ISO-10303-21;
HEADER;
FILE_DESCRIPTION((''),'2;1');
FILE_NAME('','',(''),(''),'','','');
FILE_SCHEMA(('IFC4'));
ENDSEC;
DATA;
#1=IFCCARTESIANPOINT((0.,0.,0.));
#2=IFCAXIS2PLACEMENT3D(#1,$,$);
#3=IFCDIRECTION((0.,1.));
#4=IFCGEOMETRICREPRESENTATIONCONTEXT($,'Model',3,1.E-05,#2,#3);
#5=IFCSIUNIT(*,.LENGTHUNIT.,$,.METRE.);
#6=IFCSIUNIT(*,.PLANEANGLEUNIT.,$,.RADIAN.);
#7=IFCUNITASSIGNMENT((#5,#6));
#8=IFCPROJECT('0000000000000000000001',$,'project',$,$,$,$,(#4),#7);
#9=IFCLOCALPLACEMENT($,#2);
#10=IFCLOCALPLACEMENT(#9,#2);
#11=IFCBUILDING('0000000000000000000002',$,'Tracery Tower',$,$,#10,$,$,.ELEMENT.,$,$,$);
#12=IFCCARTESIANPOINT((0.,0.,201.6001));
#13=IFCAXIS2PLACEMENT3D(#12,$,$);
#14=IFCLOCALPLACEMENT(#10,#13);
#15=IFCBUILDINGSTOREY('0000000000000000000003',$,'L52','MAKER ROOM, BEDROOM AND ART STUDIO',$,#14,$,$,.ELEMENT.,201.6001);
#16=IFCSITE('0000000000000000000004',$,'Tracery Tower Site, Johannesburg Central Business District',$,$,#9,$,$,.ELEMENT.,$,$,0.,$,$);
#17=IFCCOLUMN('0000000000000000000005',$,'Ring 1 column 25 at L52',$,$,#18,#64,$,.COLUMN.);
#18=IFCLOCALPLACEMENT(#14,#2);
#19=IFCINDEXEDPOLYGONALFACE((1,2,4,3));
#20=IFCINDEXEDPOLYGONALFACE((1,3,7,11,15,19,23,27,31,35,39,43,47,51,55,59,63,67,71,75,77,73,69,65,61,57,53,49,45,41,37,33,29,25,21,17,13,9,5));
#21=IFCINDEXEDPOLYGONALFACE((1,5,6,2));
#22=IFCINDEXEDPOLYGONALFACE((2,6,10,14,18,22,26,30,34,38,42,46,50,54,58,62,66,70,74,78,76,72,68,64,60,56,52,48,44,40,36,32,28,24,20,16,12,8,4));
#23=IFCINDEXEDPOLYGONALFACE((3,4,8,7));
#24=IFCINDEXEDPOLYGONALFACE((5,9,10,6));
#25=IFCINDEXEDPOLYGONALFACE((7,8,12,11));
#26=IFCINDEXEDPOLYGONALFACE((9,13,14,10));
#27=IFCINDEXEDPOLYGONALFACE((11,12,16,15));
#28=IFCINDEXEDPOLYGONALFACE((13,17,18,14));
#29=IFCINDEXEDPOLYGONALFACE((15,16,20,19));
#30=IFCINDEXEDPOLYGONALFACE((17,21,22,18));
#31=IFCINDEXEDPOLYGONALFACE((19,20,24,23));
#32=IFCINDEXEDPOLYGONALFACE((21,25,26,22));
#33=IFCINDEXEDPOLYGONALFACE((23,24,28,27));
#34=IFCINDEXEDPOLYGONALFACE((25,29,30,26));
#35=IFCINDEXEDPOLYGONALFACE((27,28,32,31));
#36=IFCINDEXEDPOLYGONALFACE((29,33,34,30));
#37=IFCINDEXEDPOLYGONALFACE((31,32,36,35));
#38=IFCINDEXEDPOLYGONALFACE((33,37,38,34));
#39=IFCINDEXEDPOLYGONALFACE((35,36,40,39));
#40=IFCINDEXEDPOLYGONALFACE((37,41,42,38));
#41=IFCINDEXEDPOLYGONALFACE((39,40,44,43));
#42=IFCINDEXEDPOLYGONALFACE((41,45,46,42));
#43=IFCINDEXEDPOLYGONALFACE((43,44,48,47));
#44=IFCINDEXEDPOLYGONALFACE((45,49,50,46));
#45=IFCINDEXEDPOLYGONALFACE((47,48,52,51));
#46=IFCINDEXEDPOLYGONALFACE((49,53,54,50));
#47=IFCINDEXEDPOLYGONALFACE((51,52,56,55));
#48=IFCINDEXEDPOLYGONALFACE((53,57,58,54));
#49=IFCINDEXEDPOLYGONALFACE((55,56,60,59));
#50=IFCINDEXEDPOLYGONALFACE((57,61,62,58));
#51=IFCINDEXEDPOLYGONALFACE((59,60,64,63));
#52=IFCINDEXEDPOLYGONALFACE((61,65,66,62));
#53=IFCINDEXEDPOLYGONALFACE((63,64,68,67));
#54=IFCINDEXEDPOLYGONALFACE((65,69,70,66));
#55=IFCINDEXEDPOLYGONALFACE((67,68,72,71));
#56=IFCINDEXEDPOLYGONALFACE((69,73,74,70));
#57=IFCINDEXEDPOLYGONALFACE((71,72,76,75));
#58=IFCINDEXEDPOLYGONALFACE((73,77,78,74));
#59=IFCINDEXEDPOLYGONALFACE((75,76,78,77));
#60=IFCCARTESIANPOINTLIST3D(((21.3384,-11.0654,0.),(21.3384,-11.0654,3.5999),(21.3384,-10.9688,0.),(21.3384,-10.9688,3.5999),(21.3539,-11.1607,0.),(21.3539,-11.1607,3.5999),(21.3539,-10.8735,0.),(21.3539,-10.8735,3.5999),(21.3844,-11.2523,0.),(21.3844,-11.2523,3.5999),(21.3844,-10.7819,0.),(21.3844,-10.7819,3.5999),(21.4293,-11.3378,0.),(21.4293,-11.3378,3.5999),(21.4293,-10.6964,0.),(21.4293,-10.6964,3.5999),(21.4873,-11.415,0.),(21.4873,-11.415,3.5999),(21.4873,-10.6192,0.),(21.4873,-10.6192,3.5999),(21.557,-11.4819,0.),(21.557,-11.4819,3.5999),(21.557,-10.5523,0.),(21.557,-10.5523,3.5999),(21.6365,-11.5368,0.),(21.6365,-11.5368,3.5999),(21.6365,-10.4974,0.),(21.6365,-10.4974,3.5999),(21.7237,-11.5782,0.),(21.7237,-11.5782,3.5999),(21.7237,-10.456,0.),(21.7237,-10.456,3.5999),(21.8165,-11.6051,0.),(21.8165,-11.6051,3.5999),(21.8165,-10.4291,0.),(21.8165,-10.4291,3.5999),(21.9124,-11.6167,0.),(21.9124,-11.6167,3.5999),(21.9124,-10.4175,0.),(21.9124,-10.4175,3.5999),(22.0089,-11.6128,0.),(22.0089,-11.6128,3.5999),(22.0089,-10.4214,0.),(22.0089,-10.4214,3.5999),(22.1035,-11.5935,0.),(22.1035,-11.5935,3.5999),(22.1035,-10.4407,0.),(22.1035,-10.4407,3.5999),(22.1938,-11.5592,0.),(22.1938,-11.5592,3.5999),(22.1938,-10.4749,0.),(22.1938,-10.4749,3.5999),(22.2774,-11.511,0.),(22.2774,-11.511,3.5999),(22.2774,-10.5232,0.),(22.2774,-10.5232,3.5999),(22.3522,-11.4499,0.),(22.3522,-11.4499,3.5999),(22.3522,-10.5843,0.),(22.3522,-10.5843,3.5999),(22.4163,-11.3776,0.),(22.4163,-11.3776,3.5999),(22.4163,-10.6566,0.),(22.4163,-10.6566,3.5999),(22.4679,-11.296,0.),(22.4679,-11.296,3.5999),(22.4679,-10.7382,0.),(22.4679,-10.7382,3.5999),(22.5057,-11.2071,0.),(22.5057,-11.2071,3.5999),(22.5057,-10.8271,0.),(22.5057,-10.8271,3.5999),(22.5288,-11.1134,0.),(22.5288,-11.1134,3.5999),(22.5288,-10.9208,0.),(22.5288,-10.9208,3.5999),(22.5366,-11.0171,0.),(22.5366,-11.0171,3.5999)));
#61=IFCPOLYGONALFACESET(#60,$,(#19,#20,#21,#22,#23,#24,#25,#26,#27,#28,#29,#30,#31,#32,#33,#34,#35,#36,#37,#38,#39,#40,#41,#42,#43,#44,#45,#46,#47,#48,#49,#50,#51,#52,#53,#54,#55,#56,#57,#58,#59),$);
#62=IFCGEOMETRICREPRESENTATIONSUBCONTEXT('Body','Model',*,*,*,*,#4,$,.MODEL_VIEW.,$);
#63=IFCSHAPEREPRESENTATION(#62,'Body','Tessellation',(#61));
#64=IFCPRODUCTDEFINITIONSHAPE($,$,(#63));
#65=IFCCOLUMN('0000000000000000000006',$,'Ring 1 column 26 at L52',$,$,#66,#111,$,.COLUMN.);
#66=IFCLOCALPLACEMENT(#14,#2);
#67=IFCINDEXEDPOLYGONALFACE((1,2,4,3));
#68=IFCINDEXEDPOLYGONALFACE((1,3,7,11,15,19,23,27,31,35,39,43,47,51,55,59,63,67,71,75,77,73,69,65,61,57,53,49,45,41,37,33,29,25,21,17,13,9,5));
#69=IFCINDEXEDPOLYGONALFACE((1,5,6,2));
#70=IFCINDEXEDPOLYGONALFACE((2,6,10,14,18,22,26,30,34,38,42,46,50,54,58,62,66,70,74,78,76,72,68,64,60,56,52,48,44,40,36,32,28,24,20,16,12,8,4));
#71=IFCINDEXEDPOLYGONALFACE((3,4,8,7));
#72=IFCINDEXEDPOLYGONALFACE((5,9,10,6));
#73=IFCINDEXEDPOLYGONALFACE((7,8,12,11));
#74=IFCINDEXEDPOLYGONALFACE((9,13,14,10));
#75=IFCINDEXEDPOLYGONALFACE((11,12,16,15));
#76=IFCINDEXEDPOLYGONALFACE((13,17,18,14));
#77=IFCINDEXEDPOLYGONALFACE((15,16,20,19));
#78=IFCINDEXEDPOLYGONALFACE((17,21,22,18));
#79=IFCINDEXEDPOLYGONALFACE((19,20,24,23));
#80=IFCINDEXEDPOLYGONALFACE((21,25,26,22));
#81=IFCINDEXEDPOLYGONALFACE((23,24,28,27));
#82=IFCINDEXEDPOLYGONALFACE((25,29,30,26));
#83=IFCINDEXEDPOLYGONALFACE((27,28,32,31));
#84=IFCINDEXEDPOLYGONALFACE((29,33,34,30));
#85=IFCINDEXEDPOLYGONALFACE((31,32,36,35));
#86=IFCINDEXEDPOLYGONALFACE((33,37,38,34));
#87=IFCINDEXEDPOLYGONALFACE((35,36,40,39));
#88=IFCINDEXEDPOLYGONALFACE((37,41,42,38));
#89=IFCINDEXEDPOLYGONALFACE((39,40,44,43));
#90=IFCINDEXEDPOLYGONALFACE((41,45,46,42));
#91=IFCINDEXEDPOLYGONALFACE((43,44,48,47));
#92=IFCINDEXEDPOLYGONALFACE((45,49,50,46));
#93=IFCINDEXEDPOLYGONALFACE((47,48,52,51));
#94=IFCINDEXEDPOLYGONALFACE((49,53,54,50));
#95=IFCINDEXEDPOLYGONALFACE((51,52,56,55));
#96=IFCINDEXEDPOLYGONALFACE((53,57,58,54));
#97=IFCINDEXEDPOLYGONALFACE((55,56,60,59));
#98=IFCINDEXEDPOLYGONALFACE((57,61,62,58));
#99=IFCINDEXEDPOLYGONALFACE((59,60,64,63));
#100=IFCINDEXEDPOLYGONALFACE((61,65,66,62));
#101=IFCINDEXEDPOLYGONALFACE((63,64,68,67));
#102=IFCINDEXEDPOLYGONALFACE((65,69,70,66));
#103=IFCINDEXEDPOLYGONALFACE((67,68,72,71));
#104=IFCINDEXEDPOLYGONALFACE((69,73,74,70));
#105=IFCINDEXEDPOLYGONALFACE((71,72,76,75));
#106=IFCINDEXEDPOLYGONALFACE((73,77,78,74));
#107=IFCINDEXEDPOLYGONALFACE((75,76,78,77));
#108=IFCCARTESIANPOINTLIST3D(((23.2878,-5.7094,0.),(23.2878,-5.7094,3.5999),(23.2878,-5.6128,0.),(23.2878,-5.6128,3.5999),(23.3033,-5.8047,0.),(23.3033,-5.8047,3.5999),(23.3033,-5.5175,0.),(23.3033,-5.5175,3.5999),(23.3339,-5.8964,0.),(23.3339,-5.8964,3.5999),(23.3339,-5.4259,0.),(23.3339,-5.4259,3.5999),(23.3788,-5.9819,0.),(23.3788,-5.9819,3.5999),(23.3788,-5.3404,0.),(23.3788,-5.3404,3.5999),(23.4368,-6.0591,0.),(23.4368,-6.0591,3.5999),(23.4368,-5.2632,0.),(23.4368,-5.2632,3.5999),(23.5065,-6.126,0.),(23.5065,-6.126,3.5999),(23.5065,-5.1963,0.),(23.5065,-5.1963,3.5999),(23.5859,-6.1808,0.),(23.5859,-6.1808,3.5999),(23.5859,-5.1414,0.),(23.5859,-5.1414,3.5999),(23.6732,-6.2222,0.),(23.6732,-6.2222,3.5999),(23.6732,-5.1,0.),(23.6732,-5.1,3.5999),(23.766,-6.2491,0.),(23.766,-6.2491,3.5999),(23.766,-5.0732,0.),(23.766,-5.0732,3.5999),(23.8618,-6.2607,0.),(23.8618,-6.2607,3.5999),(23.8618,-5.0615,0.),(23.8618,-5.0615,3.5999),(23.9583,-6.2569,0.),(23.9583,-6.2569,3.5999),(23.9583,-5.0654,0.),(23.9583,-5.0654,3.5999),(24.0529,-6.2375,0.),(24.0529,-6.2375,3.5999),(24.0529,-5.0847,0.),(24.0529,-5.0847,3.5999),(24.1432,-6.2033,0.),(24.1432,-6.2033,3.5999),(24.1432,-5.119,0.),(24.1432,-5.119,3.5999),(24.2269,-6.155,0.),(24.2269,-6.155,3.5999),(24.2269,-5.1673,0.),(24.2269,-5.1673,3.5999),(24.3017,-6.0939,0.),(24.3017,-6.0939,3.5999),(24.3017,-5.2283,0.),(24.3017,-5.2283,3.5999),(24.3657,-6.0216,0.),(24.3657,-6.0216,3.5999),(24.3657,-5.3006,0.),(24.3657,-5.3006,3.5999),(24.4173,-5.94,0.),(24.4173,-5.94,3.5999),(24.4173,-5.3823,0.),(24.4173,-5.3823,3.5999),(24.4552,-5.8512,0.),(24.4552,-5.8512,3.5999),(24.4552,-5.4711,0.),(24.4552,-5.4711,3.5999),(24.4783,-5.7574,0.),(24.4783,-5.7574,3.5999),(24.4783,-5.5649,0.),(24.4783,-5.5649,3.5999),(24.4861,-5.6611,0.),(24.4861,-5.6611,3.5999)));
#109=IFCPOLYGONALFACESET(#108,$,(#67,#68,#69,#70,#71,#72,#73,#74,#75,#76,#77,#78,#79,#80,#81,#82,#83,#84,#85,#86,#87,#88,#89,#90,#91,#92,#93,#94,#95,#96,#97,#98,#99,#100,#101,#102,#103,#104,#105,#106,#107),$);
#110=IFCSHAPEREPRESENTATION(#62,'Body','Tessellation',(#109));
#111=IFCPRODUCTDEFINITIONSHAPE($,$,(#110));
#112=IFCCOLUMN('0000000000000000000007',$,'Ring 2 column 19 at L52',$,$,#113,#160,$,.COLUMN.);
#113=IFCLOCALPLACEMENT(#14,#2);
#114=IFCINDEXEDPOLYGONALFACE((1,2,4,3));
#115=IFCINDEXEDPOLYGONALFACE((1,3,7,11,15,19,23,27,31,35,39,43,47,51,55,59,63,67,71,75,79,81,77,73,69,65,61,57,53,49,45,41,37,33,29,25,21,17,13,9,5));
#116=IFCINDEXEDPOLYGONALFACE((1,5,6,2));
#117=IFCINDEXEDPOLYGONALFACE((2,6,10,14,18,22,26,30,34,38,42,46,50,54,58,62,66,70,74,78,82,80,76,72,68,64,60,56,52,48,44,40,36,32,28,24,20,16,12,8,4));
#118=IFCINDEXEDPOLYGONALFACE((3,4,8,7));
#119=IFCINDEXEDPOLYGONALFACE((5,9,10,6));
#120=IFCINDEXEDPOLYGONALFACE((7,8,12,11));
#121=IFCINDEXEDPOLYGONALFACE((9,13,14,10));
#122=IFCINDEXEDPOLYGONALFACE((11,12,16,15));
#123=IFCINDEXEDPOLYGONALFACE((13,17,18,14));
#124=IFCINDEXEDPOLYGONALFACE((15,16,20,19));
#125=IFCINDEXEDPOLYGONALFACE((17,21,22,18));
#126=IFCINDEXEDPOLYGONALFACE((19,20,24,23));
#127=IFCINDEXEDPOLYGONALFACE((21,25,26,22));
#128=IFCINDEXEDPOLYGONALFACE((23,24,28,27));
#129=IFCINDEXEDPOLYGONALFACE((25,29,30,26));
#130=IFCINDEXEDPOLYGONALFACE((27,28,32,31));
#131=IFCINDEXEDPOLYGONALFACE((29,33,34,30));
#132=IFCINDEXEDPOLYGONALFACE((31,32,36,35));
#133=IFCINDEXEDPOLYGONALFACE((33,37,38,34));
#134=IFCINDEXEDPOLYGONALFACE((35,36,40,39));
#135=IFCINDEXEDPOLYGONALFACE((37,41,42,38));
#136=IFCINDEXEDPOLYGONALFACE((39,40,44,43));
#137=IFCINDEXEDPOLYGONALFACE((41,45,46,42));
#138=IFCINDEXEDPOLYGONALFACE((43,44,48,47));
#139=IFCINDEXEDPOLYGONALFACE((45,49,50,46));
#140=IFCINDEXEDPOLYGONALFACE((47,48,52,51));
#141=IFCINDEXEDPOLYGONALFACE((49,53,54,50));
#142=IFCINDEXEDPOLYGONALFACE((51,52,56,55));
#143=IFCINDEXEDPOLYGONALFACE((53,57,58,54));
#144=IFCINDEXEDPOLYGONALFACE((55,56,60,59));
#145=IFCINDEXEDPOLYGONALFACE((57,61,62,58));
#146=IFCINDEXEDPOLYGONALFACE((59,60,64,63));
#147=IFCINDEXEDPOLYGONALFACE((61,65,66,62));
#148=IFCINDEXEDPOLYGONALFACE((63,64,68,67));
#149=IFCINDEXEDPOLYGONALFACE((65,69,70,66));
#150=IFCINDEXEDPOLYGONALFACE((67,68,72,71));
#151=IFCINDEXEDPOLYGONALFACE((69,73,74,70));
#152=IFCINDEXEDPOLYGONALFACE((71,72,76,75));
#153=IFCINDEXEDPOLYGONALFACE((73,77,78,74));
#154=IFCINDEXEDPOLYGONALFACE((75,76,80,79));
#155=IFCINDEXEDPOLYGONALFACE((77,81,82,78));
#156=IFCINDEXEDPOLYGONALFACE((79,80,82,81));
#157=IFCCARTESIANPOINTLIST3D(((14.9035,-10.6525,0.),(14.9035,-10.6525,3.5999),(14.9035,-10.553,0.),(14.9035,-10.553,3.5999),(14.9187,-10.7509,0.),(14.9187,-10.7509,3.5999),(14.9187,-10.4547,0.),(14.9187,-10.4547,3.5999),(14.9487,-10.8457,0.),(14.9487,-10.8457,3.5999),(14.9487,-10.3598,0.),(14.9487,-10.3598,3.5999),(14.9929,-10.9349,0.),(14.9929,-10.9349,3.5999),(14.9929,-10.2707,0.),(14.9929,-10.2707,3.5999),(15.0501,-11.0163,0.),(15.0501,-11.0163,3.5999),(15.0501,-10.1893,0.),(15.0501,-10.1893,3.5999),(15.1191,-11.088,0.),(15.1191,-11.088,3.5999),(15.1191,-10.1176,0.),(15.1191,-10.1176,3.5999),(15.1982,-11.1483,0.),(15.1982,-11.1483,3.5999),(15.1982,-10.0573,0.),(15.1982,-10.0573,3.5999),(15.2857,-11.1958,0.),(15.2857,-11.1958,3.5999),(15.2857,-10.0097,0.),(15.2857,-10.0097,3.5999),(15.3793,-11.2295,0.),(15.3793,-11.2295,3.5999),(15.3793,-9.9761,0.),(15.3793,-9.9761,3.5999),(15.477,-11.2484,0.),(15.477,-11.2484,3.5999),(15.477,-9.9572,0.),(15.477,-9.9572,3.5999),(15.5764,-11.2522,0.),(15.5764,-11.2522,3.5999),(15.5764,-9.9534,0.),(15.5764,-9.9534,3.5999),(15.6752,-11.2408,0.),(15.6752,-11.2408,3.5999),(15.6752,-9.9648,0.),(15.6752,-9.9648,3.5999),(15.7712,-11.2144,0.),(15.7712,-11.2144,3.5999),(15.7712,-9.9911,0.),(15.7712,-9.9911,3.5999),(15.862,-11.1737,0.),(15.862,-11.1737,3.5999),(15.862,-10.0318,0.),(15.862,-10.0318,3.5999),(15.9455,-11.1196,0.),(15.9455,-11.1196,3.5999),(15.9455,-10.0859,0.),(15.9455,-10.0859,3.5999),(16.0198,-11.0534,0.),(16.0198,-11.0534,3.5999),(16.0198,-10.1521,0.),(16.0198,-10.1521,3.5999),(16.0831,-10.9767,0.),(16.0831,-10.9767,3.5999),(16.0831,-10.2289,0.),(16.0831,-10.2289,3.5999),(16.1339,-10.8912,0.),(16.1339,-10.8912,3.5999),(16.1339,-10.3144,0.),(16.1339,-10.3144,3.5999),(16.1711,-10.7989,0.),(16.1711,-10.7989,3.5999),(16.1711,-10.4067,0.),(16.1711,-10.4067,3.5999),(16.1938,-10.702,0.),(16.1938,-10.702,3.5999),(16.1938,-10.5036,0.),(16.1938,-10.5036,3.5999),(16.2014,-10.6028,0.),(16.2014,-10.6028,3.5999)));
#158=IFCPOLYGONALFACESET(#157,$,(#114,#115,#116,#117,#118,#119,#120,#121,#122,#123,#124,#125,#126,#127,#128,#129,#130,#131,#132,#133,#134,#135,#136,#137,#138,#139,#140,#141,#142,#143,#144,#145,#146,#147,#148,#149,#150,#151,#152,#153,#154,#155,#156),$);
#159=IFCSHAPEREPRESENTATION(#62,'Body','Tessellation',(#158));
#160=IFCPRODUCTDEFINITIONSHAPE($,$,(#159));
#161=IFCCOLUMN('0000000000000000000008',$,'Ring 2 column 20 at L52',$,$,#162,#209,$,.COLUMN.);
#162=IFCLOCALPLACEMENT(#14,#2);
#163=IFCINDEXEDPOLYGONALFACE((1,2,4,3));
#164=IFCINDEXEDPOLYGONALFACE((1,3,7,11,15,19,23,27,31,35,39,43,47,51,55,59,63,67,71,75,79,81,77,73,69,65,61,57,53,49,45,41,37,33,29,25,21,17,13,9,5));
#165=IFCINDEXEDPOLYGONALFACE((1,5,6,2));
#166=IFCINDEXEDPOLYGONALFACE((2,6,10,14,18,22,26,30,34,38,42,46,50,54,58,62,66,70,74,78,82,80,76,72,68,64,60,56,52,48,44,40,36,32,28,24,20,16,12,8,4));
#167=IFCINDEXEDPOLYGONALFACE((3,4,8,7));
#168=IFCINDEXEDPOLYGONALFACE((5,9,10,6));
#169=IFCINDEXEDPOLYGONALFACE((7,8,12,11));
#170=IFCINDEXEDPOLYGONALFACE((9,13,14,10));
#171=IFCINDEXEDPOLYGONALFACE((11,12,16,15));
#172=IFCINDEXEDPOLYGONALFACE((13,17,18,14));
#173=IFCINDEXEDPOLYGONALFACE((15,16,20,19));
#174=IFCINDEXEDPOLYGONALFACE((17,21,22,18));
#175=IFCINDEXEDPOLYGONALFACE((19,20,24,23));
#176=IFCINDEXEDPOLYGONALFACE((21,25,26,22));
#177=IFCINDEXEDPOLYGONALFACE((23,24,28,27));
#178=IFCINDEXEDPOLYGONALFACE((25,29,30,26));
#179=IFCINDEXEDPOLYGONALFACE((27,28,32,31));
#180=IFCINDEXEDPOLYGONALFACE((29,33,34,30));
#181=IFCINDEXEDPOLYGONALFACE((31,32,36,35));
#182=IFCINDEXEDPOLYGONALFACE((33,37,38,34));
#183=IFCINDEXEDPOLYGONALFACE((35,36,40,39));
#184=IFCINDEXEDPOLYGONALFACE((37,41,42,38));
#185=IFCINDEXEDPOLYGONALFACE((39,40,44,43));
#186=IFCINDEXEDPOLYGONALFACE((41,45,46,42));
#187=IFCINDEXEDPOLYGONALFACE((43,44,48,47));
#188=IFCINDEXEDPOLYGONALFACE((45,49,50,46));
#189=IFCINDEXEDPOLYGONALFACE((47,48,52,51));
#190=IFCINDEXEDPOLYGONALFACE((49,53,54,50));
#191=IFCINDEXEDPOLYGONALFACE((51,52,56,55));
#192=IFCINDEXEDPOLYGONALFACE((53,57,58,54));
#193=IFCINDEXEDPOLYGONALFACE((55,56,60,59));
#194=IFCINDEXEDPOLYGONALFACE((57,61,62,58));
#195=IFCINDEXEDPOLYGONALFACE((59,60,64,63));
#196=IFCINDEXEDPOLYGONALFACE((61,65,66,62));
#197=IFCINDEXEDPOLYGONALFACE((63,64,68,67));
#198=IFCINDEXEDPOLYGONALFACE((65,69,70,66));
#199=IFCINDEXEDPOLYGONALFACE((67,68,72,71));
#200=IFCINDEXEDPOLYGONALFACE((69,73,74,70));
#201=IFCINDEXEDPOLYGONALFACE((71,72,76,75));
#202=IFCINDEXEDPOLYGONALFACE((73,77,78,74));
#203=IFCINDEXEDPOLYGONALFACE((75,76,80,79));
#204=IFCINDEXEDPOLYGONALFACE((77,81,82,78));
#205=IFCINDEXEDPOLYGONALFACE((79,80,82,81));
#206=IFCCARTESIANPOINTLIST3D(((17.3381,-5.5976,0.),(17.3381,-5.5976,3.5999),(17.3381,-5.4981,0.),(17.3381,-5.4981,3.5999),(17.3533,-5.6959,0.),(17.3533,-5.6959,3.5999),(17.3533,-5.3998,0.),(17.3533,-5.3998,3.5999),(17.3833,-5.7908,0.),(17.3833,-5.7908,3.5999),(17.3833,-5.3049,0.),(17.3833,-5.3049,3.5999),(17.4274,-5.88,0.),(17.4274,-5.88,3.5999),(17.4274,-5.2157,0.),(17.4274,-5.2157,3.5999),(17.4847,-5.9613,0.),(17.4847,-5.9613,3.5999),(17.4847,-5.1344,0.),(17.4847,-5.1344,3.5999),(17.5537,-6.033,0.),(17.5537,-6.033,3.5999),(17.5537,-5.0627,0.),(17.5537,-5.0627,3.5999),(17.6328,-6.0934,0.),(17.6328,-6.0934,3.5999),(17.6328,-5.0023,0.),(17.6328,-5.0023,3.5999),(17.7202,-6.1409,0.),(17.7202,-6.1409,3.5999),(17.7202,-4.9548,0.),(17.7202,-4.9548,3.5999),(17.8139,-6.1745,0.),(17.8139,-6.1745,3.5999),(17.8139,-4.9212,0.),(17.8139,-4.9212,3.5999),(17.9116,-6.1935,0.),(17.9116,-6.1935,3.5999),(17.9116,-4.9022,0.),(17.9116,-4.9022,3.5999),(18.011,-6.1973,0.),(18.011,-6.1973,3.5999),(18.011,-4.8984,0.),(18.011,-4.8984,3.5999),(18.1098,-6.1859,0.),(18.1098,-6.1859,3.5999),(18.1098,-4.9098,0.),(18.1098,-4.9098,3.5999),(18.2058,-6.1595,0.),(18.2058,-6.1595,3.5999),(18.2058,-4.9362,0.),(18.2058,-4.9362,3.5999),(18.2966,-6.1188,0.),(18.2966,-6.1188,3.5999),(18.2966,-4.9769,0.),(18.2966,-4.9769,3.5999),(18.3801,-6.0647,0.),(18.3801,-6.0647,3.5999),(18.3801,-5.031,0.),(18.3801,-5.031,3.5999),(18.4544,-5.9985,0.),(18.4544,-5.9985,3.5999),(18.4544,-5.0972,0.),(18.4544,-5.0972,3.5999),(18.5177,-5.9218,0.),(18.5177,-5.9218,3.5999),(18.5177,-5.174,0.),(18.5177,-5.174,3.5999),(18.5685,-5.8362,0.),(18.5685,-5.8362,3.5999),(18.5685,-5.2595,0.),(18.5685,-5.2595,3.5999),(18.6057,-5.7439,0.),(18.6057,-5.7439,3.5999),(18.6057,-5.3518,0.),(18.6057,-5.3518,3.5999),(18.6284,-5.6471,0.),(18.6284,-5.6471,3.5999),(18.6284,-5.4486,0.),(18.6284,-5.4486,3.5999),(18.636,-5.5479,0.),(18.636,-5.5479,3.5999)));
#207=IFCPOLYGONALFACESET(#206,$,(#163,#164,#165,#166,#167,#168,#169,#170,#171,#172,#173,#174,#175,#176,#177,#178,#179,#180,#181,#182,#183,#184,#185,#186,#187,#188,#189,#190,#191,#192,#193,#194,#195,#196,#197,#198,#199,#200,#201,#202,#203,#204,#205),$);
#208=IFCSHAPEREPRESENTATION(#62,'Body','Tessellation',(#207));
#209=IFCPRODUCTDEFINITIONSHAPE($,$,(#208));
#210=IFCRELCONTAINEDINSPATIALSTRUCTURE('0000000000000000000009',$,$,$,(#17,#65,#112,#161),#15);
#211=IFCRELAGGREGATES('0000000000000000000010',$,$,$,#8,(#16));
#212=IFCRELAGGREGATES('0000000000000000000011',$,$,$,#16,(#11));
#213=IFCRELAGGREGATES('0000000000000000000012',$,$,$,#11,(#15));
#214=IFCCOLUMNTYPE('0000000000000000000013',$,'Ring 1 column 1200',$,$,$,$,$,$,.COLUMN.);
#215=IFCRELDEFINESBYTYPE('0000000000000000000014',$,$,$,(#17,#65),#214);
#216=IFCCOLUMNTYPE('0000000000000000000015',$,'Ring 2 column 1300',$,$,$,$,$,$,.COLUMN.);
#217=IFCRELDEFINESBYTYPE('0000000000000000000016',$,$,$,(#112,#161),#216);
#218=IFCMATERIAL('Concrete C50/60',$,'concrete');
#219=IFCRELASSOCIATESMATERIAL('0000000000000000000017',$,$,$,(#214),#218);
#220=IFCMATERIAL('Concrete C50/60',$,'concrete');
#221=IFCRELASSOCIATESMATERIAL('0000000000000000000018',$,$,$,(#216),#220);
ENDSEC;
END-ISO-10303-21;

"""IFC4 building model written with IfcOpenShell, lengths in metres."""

from ifc_helpers import new_model, si_unit, direction, frame, origin, origin_2d, place, context, subcontext, project, spatial, circle, extrude, material, material_profile, profile_set, type_object, element, save


model = new_model("IFC4")

# Units and contexts
model_context = context("Model", 3, precision=1e-05, world=origin(), true_north=direction((0.0, 1.0)))
body_context = subcontext(model_context, "Body", "Model", "MODEL_VIEW")
ifc_project = project(units=[si_unit("LENGTHUNIT", "METRE"), si_unit("PLANEANGLEUNIT", "RADIAN")], contexts=[model_context])

# Site, building, storey
site_placement = place(None, origin())
site = spatial("IfcSite", under=ifc_project, at=site_placement, Name="Tracery Tower Site, Johannesburg Central Business District", CompositionType="ELEMENT", RefElevation=0.0)
building_placement = place(site_placement, origin())
building = spatial("IfcBuilding", under=site, at=building_placement, Name="Tracery Tower", CompositionType="ELEMENT")
storey_placement = place(building_placement, frame((0.0, 0.0, 201.6001)))
storey = spatial("IfcBuildingStorey", under=building, at=storey_placement, Name="L52", Description="MAKER ROOM, BEDROOM AND ART STUDIO", CompositionType="ELEMENT", Elevation=201.6001)

# Columns
ifc_material_1 = material(Name="Concrete C50/60", Category="concrete")
ifc_material_profile_1 = material_profile(ifc_material_1, circle(Radius=0.6001, at=origin_2d()), Name="RC D1200")
ifc_profile_set_1 = profile_set([ifc_material_profile_1], Name="Concrete C50/60")
column_type_1 = type_object("IfcColumnType", Name="Ring 1 column 1200", PredefinedType="COLUMN", material=ifc_profile_set_1)
for number, where, z_axis, x_axis, name in (
    (1, (21.9365, -11.0171, 0.0), (0.0, 0.0, 1.0), (1.0, 0.0, 0.0), "Ring 1 column 25 at L52"),
    (2, (23.886, -5.6611, 0.0), (0.0, 0.0, 1.0), (1.0, 0.0, 0.0), "Ring 1 column 26 at L52"),
):
    element("IfcColumn", number, at=place(storey_placement, frame(where, z_axis=z_axis, x_axis=x_axis)), inside=storey, type_object=column_type_1, Name=name, PredefinedType="COLUMN", context=body_context, shape_type="SweptSolid", body=[
        extrude(circle(Radius=0.6001, at=origin_2d()), origin(), (0.0, 0.0, 1.0), 3.5999),
    ])
ifc_material_2 = material(Name="Concrete C50/60", Category="concrete")
ifc_material_profile_2 = material_profile(ifc_material_2, circle(Radius=0.6499, at=origin_2d()), Name="RC D1300")
ifc_profile_set_2 = profile_set([ifc_material_profile_2], Name="Concrete C50/60")
column_type_2 = type_object("IfcColumnType", Name="Ring 2 column 1300", PredefinedType="COLUMN", material=ifc_profile_set_2)
for number, where, z_axis, x_axis, name in (
    (3, (15.5515, -10.6028, 0.0), (0.0, 0.0, 1.0), (1.0, 0.0, 0.0), "Ring 2 column 19 at L52"),
    (4, (17.9861, -5.5479, 0.0), (0.0, 0.0, 1.0), (1.0, 0.0, 0.0), "Ring 2 column 20 at L52"),
):
    element("IfcColumn", number, at=place(storey_placement, frame(where, z_axis=z_axis, x_axis=x_axis)), inside=storey, type_object=column_type_2, Name=name, PredefinedType="COLUMN", context=body_context, shape_type="SweptSolid", body=[
        extrude(circle(Radius=0.6499, at=origin_2d()), origin(), (0.0, 0.0, 1.0), 3.5999),
    ])

save(model, "model.ifc")
